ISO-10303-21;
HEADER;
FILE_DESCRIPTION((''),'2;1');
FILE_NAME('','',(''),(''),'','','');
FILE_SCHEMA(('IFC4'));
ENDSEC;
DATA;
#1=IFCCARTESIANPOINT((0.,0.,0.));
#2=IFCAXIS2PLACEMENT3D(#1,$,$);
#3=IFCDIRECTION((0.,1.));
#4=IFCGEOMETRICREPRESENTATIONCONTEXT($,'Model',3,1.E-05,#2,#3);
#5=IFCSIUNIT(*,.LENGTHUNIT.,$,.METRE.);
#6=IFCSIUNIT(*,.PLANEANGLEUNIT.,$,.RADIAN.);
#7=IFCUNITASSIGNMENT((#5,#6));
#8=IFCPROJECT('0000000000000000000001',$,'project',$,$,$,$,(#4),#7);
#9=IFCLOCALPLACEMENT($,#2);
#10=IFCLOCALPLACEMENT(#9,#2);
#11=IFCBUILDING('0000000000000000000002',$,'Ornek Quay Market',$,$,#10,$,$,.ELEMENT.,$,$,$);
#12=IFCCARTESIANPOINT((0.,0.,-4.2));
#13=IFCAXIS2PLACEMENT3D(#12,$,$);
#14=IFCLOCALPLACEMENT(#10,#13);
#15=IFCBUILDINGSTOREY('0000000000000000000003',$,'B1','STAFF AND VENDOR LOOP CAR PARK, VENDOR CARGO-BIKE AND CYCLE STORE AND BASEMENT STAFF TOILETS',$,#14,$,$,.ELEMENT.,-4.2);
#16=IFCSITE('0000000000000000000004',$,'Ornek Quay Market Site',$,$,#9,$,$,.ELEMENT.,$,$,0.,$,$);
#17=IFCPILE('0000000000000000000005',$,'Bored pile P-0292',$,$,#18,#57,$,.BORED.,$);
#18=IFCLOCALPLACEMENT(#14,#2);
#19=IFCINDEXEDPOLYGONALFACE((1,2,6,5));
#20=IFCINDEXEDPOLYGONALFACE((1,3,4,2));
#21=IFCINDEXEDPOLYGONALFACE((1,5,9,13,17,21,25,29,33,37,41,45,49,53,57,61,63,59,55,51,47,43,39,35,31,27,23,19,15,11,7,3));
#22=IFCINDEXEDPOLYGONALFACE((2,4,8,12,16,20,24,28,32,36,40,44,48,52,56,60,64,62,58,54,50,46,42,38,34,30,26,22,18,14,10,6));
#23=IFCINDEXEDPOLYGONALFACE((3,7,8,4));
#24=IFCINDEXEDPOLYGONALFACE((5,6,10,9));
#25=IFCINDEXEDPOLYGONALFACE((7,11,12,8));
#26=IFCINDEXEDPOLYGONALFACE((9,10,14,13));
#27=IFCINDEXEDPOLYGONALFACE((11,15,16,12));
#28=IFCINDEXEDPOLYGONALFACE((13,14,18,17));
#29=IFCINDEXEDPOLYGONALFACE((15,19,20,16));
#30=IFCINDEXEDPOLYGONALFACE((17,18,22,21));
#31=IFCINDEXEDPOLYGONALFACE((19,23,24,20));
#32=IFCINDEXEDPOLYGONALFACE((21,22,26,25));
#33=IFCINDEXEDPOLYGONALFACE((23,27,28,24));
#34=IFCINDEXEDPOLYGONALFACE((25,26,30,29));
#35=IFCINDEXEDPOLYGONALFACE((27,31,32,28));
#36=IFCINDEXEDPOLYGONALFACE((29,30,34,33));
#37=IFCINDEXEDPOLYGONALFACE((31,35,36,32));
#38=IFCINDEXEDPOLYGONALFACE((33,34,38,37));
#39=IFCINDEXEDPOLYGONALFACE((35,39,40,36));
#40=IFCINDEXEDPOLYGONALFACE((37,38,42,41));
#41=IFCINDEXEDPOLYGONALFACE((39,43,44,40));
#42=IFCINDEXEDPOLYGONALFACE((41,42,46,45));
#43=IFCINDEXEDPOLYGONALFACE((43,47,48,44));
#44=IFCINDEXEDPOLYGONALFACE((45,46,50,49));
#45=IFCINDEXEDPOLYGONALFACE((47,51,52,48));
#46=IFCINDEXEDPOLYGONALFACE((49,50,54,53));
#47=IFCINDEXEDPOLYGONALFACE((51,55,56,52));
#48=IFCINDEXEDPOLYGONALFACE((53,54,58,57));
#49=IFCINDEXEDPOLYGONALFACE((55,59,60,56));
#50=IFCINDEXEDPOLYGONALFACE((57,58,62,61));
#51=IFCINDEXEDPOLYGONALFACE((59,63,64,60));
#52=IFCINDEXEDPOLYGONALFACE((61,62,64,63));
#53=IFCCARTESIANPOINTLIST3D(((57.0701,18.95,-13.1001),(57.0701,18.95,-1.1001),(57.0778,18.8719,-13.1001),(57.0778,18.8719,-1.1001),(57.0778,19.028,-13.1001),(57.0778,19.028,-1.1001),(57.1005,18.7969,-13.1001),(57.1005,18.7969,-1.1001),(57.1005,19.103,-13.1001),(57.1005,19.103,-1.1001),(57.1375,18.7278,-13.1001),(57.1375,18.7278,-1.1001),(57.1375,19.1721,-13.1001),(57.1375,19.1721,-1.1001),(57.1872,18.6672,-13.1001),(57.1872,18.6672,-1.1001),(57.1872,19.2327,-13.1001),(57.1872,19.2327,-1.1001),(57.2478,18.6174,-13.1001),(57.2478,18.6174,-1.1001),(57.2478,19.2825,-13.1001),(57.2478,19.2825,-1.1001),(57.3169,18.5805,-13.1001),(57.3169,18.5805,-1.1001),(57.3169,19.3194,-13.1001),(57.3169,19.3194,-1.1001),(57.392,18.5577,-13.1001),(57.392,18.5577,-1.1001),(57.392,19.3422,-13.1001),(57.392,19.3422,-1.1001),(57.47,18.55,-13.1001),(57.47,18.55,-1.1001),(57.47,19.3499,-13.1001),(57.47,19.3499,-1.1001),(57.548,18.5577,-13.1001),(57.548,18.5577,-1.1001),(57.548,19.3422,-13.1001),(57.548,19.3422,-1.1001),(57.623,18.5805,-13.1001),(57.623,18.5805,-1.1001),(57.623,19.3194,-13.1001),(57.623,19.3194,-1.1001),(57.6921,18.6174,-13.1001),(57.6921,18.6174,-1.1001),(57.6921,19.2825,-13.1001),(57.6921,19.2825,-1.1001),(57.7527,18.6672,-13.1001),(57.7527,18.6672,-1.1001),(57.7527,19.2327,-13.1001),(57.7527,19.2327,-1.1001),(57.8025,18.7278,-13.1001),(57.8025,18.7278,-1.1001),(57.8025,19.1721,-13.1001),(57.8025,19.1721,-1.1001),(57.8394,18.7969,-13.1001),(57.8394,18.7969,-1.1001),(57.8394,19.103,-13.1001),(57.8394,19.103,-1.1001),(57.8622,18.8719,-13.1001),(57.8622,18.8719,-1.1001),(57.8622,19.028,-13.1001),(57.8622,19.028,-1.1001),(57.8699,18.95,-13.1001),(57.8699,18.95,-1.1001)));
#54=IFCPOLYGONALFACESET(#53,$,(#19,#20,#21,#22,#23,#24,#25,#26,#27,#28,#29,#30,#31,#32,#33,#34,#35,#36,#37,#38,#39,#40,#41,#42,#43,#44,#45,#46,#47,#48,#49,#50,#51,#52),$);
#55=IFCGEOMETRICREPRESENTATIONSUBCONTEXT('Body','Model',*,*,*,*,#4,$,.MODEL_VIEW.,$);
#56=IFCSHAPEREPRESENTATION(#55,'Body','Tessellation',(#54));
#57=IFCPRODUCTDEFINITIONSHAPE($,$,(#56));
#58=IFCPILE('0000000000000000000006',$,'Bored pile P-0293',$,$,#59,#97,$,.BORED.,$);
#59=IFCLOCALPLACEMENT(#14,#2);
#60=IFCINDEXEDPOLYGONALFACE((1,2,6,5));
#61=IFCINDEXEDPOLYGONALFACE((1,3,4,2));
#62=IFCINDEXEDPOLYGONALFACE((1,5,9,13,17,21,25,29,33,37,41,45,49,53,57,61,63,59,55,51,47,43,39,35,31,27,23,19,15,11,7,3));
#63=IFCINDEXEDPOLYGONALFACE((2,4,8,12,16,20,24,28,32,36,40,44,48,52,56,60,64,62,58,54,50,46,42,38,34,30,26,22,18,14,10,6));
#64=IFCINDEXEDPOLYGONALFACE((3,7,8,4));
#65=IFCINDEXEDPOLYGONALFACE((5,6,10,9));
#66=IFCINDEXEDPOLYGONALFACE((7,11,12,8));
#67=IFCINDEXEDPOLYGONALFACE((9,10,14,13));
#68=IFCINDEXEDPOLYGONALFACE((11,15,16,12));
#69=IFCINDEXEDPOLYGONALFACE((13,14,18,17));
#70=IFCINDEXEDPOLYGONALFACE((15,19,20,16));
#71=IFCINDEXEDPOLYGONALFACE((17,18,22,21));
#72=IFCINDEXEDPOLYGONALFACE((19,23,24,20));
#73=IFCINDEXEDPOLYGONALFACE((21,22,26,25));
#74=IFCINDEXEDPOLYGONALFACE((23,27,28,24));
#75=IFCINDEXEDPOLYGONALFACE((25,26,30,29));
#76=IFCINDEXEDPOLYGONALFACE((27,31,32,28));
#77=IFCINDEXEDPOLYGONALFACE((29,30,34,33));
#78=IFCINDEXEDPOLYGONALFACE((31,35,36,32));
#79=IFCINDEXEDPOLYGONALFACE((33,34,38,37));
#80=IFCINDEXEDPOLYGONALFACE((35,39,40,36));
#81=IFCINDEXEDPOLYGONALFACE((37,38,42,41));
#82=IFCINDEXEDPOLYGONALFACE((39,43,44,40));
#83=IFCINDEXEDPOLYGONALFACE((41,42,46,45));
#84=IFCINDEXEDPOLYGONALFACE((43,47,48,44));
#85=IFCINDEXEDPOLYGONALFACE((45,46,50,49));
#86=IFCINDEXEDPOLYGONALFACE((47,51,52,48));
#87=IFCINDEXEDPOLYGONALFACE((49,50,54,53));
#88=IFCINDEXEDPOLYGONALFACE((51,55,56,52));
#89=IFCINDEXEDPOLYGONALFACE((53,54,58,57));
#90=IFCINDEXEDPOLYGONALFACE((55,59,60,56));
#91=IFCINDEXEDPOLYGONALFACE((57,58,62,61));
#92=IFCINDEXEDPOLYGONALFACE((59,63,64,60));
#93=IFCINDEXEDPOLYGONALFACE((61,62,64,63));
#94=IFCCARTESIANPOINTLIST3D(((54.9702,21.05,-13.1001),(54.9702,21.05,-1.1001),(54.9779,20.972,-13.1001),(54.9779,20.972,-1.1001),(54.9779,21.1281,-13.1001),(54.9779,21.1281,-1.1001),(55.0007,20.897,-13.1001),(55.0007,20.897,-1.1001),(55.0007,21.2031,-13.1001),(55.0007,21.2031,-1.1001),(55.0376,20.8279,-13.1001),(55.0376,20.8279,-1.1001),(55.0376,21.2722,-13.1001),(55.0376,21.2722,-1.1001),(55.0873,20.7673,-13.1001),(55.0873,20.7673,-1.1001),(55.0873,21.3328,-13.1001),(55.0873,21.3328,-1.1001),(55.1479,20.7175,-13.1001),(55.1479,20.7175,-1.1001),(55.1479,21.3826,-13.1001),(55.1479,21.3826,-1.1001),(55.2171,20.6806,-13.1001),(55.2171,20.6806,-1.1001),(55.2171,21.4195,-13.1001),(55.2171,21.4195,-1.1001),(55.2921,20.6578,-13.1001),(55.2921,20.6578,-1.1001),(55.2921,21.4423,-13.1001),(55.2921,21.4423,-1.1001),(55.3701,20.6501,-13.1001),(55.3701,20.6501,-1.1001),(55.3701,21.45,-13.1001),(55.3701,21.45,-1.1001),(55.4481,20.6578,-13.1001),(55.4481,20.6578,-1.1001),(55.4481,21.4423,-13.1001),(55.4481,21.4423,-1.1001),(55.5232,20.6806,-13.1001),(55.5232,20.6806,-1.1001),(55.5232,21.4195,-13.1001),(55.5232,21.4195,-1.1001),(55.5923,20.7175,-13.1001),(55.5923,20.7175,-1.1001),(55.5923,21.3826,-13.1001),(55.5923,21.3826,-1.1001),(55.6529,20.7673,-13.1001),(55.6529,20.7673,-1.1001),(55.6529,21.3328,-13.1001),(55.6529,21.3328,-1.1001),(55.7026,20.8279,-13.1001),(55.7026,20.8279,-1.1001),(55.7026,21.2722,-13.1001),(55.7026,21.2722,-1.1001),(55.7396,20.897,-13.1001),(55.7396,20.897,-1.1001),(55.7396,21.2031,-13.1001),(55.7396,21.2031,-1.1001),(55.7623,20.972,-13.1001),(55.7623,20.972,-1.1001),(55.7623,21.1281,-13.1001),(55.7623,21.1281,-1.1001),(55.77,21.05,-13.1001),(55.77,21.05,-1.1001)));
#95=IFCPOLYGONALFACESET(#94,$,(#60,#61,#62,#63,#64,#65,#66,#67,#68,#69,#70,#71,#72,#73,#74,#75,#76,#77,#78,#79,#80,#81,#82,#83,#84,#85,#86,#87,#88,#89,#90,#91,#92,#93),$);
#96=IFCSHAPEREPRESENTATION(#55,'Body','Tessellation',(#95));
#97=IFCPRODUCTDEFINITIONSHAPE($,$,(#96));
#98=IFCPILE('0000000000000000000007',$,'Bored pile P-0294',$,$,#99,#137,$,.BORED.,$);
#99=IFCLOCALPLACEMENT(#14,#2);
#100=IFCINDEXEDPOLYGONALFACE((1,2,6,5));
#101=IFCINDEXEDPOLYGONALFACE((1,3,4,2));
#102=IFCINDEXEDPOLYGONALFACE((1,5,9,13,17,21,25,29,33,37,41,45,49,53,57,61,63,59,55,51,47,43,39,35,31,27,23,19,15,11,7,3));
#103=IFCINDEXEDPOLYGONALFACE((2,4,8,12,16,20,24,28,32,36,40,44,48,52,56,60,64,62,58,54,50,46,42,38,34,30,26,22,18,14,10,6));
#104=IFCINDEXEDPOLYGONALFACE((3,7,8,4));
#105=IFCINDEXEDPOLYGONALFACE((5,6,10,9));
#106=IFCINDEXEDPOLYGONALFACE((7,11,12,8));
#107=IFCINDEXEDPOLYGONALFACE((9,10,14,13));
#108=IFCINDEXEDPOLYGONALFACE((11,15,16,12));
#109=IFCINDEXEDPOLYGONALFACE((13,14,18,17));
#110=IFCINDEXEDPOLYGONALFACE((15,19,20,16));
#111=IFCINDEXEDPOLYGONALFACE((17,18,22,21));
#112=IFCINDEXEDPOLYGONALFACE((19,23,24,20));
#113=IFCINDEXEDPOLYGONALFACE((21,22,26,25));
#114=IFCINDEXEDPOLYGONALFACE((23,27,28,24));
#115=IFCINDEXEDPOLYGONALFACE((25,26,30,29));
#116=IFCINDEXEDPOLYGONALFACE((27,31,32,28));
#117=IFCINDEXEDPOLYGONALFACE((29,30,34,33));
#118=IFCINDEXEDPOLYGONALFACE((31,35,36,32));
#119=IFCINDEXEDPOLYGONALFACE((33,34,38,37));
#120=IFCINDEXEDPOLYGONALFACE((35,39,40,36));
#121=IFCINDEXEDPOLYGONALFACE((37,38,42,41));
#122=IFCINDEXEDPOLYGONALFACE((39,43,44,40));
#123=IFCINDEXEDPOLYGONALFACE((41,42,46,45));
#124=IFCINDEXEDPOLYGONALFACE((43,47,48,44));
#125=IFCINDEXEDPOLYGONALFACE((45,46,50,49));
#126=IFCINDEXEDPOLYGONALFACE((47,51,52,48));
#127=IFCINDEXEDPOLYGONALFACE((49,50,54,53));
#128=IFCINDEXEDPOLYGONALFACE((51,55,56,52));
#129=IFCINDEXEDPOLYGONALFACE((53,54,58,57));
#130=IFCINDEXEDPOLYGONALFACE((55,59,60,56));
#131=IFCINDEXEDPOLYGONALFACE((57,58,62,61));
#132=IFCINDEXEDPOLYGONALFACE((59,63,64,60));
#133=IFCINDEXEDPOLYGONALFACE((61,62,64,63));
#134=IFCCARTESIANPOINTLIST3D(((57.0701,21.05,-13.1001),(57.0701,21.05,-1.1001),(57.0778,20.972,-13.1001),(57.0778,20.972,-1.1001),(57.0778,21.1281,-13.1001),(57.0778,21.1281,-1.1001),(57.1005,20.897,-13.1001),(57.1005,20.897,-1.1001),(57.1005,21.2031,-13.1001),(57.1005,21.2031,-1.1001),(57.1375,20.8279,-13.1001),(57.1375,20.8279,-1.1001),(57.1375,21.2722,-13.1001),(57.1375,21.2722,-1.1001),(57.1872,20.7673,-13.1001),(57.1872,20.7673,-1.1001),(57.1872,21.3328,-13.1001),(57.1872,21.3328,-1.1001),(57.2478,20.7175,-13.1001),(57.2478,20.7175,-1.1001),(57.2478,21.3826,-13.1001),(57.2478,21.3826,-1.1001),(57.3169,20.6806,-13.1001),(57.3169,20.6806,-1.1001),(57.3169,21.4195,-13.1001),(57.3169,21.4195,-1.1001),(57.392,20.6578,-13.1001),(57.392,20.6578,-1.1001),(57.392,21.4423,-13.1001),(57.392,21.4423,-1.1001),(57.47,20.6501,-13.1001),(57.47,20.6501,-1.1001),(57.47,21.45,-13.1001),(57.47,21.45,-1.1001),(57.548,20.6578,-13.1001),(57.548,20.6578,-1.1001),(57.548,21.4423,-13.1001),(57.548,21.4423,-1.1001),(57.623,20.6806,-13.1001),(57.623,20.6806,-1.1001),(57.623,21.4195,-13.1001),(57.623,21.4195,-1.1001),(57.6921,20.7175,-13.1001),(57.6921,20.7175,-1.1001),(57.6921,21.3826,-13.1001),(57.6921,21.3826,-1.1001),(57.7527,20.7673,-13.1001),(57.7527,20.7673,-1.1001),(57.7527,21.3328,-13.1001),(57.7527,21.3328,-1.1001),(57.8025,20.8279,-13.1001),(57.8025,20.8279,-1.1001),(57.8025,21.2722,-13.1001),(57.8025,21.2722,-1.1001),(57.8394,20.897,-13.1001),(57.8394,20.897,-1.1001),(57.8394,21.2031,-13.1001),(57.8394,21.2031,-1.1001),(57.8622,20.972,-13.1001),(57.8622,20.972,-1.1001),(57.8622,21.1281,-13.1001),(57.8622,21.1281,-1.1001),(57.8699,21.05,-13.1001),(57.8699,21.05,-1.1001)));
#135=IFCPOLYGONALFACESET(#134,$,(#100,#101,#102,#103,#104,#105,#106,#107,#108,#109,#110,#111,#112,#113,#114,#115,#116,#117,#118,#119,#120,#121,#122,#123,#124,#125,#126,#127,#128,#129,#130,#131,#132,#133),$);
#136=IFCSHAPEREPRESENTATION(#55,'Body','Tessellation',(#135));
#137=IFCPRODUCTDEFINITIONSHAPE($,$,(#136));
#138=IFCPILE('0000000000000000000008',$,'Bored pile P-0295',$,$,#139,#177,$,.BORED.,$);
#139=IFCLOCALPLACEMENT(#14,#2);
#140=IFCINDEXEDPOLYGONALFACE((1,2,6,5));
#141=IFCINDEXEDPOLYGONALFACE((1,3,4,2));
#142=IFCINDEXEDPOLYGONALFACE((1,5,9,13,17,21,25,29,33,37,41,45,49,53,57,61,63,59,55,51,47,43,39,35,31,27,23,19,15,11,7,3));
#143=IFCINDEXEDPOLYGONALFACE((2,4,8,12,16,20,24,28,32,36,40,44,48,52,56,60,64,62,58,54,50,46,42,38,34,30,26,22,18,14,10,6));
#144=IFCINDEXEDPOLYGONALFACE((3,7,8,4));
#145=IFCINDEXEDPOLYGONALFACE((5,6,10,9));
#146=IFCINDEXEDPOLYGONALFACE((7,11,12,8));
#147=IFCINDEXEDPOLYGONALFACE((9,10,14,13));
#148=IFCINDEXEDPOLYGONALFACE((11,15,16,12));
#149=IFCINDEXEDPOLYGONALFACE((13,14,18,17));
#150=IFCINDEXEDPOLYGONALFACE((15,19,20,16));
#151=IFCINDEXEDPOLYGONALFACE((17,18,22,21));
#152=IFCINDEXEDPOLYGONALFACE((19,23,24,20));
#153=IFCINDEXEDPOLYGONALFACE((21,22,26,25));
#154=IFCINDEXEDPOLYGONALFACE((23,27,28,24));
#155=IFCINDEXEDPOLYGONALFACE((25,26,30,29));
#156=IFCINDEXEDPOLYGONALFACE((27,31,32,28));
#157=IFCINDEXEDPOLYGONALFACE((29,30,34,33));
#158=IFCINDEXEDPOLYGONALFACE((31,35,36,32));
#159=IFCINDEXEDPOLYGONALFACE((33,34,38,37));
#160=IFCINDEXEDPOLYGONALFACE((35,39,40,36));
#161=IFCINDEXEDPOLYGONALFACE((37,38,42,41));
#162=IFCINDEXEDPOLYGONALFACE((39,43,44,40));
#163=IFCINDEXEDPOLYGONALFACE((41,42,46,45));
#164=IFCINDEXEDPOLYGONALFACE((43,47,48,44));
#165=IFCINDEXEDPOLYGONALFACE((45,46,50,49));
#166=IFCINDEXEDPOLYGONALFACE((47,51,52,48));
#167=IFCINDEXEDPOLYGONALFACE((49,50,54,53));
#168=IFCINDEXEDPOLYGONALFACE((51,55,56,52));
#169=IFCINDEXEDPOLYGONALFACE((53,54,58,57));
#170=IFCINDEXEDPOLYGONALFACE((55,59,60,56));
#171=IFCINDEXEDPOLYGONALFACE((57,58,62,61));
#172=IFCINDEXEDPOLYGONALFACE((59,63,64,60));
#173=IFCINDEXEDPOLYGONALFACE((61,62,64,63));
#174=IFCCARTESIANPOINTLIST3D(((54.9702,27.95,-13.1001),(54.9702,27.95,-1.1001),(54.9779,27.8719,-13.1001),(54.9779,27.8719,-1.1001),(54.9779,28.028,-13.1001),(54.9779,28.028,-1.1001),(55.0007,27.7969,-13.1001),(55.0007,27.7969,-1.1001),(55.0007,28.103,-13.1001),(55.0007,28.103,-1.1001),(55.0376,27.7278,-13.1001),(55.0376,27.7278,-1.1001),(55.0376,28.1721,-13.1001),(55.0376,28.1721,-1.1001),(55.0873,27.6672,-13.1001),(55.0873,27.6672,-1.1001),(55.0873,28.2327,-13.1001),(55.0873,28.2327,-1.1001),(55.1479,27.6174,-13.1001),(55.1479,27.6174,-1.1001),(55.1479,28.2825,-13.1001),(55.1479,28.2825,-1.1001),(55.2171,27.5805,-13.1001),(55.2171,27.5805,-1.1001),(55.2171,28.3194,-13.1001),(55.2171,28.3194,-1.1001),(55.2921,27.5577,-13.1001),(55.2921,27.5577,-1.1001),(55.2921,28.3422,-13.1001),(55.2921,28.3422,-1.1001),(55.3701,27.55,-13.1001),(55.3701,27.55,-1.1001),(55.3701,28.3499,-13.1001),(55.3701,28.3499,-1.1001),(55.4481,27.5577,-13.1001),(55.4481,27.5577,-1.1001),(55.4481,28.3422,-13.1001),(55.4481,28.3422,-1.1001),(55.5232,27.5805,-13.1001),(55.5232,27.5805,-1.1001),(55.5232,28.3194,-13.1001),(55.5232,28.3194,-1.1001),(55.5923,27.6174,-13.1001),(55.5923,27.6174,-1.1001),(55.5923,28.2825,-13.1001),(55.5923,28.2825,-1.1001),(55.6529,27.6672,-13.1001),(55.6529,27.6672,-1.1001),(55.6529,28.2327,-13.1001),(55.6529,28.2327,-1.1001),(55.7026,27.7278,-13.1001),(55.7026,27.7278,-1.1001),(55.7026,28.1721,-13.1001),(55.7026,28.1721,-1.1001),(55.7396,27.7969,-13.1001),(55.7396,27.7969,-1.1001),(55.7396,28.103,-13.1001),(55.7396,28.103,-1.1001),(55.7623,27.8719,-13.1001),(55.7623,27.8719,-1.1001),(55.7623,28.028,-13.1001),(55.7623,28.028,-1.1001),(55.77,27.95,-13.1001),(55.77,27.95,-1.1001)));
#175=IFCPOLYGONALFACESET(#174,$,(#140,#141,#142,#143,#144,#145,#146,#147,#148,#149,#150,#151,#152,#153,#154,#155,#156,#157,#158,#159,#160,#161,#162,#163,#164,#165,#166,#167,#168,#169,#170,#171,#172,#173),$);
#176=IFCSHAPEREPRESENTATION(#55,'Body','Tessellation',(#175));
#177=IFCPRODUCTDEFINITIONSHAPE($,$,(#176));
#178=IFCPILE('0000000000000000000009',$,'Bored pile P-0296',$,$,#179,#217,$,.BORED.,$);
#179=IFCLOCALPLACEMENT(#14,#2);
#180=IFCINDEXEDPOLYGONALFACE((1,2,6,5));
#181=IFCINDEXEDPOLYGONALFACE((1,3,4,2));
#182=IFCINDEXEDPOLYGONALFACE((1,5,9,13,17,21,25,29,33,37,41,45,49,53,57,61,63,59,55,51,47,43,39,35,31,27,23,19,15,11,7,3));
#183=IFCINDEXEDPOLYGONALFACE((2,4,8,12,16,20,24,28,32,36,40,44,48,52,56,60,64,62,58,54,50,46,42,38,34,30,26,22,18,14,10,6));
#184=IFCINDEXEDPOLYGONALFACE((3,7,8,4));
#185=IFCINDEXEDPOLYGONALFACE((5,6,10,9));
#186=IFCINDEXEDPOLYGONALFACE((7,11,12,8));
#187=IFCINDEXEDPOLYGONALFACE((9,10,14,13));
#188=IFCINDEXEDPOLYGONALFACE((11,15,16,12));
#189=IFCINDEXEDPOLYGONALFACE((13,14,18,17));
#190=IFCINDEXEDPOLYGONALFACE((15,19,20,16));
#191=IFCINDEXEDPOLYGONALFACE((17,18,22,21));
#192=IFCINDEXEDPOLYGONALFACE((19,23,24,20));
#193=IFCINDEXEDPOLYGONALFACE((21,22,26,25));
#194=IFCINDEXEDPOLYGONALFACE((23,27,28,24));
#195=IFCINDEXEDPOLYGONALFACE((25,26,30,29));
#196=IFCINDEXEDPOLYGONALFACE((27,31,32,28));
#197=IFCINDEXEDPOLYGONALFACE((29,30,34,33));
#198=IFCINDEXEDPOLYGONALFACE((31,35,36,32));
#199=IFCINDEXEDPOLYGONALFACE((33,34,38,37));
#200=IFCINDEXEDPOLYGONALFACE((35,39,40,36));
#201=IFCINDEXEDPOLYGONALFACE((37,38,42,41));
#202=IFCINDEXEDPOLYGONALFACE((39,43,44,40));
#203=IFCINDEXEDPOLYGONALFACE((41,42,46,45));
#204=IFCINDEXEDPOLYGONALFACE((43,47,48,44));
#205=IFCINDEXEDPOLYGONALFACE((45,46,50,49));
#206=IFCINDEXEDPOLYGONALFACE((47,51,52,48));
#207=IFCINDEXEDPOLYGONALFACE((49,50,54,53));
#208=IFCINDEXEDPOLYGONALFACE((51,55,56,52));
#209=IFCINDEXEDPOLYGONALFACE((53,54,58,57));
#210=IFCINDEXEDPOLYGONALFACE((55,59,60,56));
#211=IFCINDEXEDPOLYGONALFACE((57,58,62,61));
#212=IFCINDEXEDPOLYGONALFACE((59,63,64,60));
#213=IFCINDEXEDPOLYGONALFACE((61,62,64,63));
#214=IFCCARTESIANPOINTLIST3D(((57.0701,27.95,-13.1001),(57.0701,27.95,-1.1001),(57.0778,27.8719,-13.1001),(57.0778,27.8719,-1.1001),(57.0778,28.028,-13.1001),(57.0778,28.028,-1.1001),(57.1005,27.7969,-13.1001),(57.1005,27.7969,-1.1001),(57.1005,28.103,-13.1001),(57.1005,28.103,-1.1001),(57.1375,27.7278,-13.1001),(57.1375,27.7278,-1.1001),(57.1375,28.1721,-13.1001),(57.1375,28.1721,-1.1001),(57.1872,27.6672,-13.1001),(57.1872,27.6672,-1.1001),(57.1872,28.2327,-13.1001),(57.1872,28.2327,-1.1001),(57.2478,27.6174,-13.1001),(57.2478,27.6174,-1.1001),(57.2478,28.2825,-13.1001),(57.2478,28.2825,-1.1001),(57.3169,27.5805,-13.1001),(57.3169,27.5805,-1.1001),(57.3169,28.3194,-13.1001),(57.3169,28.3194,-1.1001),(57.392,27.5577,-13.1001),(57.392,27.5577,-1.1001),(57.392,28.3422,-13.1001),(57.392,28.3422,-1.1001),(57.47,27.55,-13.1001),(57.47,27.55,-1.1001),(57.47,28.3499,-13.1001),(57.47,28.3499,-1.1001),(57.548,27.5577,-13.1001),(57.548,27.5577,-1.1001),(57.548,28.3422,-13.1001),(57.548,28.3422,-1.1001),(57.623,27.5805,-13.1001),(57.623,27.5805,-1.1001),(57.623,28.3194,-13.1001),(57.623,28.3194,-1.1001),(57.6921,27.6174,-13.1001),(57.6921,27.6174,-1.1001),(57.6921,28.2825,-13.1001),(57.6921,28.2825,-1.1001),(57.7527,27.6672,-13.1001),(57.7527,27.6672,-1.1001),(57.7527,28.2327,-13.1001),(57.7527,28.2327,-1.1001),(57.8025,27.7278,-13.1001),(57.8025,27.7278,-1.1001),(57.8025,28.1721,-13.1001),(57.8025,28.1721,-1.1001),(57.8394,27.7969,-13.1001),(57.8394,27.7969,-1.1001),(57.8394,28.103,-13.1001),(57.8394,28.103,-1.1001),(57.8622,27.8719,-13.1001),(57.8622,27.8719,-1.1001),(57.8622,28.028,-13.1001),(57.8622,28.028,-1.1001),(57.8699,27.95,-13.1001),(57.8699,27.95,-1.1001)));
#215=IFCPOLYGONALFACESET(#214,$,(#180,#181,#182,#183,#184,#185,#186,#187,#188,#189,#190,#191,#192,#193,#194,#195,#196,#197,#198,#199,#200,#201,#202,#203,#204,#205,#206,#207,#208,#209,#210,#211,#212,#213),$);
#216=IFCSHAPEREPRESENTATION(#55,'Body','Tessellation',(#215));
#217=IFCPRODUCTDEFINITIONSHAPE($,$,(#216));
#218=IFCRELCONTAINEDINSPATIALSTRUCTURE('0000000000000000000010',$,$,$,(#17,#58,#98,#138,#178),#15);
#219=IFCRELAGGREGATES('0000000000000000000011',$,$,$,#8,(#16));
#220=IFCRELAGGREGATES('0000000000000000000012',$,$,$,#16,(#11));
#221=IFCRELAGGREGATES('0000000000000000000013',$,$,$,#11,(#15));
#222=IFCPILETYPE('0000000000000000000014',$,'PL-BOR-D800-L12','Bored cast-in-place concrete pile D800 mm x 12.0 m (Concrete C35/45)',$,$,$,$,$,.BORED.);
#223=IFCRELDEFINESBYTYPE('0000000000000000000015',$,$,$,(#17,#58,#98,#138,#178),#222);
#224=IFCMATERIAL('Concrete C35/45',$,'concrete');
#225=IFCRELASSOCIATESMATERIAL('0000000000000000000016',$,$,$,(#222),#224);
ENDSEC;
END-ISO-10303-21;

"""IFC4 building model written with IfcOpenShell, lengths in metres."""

from ifc_helpers import new_model, si_unit, direction, frame, origin, origin_2d, place, context, subcontext, project, spatial, circle, extrude, material, material_profile, profile_set, type_object, element, save


model = new_model("IFC4")

# Units and contexts
model_context = context("Model", 3, precision=1e-05, world=origin(), true_north=direction((0.0, 1.0)))
body_context = subcontext(model_context, "Body", "Model", "MODEL_VIEW")
ifc_project = project(units=[si_unit("LENGTHUNIT", "METRE"), si_unit("PLANEANGLEUNIT", "RADIAN")], contexts=[model_context])

# Site, building, storey
site_placement = place(None, origin())
site = spatial("IfcSite", under=ifc_project, at=site_placement, Name="Ornek Quay Market Site", CompositionType="ELEMENT", RefElevation=0.0)
building_placement = place(site_placement, origin())
building = spatial("IfcBuilding", under=site, at=building_placement, Name="Ornek Quay Market", CompositionType="ELEMENT")
storey_placement = place(building_placement, frame((0.0, 0.0, -4.2)))
storey = spatial("IfcBuildingStorey", under=building, at=storey_placement, Name="B1", Description="STAFF AND VENDOR LOOP CAR PARK, VENDOR CARGO-BIKE AND CYCLE STORE AND BASEMENT STAFF TOILETS", CompositionType="ELEMENT", Elevation=-4.2)

# Piles
ifc_material_1 = material(Name="Concrete C35/45", Category="concrete")
ifc_material_profile_1 = material_profile(ifc_material_1, circle(Radius=0.3999, at=origin_2d()), Name="PILE D800", Category="concrete")
ifc_profile_set_1 = profile_set([ifc_material_profile_1], Name="Concrete C35/45")
pile_type = type_object("IfcPileType", Name="PL-BOR-D800-L12", Description="Bored cast-in-place concrete pile D800 mm x 12.0 m (Concrete C35/45)", PredefinedType="BORED", material=ifc_profile_set_1)
for number, where, z_axis, x_axis, name in (
    (1, (57.47, 18.95, -1.1001), (0.0, 0.0, -1.0), (1.0, 0.0, 0.0), "Bored pile P-0292"),
    (2, (55.3701, 21.05, -1.1001), (0.0, 0.0, -1.0), (1.0, 0.0, 0.0), "Bored pile P-0293"),
    (3, (57.47, 21.05, -1.1001), (0.0, 0.0, -1.0), (1.0, 0.0, 0.0), "Bored pile P-0294"),
    (4, (55.3701, 27.95, -1.1001), (0.0, 0.0, -1.0), (1.0, 0.0, 0.0), "Bored pile P-0295"),
    (5, (57.47, 27.95, -1.1001), (0.0, 0.0, -1.0), (1.0, 0.0, 0.0), "Bored pile P-0296"),
):
    element("IfcPile", number, at=place(storey_placement, frame(where, z_axis=z_axis, x_axis=x_axis)), inside=storey, type_object=pile_type, Name=name, PredefinedType="BORED", context=body_context, shape_type="SweptSolid", body=[
        extrude(circle(Radius=0.3999, at=origin_2d()), origin(), (0.0, 0.0, 1.0), 12.0),
    ])

save(model, "model.ifc")
